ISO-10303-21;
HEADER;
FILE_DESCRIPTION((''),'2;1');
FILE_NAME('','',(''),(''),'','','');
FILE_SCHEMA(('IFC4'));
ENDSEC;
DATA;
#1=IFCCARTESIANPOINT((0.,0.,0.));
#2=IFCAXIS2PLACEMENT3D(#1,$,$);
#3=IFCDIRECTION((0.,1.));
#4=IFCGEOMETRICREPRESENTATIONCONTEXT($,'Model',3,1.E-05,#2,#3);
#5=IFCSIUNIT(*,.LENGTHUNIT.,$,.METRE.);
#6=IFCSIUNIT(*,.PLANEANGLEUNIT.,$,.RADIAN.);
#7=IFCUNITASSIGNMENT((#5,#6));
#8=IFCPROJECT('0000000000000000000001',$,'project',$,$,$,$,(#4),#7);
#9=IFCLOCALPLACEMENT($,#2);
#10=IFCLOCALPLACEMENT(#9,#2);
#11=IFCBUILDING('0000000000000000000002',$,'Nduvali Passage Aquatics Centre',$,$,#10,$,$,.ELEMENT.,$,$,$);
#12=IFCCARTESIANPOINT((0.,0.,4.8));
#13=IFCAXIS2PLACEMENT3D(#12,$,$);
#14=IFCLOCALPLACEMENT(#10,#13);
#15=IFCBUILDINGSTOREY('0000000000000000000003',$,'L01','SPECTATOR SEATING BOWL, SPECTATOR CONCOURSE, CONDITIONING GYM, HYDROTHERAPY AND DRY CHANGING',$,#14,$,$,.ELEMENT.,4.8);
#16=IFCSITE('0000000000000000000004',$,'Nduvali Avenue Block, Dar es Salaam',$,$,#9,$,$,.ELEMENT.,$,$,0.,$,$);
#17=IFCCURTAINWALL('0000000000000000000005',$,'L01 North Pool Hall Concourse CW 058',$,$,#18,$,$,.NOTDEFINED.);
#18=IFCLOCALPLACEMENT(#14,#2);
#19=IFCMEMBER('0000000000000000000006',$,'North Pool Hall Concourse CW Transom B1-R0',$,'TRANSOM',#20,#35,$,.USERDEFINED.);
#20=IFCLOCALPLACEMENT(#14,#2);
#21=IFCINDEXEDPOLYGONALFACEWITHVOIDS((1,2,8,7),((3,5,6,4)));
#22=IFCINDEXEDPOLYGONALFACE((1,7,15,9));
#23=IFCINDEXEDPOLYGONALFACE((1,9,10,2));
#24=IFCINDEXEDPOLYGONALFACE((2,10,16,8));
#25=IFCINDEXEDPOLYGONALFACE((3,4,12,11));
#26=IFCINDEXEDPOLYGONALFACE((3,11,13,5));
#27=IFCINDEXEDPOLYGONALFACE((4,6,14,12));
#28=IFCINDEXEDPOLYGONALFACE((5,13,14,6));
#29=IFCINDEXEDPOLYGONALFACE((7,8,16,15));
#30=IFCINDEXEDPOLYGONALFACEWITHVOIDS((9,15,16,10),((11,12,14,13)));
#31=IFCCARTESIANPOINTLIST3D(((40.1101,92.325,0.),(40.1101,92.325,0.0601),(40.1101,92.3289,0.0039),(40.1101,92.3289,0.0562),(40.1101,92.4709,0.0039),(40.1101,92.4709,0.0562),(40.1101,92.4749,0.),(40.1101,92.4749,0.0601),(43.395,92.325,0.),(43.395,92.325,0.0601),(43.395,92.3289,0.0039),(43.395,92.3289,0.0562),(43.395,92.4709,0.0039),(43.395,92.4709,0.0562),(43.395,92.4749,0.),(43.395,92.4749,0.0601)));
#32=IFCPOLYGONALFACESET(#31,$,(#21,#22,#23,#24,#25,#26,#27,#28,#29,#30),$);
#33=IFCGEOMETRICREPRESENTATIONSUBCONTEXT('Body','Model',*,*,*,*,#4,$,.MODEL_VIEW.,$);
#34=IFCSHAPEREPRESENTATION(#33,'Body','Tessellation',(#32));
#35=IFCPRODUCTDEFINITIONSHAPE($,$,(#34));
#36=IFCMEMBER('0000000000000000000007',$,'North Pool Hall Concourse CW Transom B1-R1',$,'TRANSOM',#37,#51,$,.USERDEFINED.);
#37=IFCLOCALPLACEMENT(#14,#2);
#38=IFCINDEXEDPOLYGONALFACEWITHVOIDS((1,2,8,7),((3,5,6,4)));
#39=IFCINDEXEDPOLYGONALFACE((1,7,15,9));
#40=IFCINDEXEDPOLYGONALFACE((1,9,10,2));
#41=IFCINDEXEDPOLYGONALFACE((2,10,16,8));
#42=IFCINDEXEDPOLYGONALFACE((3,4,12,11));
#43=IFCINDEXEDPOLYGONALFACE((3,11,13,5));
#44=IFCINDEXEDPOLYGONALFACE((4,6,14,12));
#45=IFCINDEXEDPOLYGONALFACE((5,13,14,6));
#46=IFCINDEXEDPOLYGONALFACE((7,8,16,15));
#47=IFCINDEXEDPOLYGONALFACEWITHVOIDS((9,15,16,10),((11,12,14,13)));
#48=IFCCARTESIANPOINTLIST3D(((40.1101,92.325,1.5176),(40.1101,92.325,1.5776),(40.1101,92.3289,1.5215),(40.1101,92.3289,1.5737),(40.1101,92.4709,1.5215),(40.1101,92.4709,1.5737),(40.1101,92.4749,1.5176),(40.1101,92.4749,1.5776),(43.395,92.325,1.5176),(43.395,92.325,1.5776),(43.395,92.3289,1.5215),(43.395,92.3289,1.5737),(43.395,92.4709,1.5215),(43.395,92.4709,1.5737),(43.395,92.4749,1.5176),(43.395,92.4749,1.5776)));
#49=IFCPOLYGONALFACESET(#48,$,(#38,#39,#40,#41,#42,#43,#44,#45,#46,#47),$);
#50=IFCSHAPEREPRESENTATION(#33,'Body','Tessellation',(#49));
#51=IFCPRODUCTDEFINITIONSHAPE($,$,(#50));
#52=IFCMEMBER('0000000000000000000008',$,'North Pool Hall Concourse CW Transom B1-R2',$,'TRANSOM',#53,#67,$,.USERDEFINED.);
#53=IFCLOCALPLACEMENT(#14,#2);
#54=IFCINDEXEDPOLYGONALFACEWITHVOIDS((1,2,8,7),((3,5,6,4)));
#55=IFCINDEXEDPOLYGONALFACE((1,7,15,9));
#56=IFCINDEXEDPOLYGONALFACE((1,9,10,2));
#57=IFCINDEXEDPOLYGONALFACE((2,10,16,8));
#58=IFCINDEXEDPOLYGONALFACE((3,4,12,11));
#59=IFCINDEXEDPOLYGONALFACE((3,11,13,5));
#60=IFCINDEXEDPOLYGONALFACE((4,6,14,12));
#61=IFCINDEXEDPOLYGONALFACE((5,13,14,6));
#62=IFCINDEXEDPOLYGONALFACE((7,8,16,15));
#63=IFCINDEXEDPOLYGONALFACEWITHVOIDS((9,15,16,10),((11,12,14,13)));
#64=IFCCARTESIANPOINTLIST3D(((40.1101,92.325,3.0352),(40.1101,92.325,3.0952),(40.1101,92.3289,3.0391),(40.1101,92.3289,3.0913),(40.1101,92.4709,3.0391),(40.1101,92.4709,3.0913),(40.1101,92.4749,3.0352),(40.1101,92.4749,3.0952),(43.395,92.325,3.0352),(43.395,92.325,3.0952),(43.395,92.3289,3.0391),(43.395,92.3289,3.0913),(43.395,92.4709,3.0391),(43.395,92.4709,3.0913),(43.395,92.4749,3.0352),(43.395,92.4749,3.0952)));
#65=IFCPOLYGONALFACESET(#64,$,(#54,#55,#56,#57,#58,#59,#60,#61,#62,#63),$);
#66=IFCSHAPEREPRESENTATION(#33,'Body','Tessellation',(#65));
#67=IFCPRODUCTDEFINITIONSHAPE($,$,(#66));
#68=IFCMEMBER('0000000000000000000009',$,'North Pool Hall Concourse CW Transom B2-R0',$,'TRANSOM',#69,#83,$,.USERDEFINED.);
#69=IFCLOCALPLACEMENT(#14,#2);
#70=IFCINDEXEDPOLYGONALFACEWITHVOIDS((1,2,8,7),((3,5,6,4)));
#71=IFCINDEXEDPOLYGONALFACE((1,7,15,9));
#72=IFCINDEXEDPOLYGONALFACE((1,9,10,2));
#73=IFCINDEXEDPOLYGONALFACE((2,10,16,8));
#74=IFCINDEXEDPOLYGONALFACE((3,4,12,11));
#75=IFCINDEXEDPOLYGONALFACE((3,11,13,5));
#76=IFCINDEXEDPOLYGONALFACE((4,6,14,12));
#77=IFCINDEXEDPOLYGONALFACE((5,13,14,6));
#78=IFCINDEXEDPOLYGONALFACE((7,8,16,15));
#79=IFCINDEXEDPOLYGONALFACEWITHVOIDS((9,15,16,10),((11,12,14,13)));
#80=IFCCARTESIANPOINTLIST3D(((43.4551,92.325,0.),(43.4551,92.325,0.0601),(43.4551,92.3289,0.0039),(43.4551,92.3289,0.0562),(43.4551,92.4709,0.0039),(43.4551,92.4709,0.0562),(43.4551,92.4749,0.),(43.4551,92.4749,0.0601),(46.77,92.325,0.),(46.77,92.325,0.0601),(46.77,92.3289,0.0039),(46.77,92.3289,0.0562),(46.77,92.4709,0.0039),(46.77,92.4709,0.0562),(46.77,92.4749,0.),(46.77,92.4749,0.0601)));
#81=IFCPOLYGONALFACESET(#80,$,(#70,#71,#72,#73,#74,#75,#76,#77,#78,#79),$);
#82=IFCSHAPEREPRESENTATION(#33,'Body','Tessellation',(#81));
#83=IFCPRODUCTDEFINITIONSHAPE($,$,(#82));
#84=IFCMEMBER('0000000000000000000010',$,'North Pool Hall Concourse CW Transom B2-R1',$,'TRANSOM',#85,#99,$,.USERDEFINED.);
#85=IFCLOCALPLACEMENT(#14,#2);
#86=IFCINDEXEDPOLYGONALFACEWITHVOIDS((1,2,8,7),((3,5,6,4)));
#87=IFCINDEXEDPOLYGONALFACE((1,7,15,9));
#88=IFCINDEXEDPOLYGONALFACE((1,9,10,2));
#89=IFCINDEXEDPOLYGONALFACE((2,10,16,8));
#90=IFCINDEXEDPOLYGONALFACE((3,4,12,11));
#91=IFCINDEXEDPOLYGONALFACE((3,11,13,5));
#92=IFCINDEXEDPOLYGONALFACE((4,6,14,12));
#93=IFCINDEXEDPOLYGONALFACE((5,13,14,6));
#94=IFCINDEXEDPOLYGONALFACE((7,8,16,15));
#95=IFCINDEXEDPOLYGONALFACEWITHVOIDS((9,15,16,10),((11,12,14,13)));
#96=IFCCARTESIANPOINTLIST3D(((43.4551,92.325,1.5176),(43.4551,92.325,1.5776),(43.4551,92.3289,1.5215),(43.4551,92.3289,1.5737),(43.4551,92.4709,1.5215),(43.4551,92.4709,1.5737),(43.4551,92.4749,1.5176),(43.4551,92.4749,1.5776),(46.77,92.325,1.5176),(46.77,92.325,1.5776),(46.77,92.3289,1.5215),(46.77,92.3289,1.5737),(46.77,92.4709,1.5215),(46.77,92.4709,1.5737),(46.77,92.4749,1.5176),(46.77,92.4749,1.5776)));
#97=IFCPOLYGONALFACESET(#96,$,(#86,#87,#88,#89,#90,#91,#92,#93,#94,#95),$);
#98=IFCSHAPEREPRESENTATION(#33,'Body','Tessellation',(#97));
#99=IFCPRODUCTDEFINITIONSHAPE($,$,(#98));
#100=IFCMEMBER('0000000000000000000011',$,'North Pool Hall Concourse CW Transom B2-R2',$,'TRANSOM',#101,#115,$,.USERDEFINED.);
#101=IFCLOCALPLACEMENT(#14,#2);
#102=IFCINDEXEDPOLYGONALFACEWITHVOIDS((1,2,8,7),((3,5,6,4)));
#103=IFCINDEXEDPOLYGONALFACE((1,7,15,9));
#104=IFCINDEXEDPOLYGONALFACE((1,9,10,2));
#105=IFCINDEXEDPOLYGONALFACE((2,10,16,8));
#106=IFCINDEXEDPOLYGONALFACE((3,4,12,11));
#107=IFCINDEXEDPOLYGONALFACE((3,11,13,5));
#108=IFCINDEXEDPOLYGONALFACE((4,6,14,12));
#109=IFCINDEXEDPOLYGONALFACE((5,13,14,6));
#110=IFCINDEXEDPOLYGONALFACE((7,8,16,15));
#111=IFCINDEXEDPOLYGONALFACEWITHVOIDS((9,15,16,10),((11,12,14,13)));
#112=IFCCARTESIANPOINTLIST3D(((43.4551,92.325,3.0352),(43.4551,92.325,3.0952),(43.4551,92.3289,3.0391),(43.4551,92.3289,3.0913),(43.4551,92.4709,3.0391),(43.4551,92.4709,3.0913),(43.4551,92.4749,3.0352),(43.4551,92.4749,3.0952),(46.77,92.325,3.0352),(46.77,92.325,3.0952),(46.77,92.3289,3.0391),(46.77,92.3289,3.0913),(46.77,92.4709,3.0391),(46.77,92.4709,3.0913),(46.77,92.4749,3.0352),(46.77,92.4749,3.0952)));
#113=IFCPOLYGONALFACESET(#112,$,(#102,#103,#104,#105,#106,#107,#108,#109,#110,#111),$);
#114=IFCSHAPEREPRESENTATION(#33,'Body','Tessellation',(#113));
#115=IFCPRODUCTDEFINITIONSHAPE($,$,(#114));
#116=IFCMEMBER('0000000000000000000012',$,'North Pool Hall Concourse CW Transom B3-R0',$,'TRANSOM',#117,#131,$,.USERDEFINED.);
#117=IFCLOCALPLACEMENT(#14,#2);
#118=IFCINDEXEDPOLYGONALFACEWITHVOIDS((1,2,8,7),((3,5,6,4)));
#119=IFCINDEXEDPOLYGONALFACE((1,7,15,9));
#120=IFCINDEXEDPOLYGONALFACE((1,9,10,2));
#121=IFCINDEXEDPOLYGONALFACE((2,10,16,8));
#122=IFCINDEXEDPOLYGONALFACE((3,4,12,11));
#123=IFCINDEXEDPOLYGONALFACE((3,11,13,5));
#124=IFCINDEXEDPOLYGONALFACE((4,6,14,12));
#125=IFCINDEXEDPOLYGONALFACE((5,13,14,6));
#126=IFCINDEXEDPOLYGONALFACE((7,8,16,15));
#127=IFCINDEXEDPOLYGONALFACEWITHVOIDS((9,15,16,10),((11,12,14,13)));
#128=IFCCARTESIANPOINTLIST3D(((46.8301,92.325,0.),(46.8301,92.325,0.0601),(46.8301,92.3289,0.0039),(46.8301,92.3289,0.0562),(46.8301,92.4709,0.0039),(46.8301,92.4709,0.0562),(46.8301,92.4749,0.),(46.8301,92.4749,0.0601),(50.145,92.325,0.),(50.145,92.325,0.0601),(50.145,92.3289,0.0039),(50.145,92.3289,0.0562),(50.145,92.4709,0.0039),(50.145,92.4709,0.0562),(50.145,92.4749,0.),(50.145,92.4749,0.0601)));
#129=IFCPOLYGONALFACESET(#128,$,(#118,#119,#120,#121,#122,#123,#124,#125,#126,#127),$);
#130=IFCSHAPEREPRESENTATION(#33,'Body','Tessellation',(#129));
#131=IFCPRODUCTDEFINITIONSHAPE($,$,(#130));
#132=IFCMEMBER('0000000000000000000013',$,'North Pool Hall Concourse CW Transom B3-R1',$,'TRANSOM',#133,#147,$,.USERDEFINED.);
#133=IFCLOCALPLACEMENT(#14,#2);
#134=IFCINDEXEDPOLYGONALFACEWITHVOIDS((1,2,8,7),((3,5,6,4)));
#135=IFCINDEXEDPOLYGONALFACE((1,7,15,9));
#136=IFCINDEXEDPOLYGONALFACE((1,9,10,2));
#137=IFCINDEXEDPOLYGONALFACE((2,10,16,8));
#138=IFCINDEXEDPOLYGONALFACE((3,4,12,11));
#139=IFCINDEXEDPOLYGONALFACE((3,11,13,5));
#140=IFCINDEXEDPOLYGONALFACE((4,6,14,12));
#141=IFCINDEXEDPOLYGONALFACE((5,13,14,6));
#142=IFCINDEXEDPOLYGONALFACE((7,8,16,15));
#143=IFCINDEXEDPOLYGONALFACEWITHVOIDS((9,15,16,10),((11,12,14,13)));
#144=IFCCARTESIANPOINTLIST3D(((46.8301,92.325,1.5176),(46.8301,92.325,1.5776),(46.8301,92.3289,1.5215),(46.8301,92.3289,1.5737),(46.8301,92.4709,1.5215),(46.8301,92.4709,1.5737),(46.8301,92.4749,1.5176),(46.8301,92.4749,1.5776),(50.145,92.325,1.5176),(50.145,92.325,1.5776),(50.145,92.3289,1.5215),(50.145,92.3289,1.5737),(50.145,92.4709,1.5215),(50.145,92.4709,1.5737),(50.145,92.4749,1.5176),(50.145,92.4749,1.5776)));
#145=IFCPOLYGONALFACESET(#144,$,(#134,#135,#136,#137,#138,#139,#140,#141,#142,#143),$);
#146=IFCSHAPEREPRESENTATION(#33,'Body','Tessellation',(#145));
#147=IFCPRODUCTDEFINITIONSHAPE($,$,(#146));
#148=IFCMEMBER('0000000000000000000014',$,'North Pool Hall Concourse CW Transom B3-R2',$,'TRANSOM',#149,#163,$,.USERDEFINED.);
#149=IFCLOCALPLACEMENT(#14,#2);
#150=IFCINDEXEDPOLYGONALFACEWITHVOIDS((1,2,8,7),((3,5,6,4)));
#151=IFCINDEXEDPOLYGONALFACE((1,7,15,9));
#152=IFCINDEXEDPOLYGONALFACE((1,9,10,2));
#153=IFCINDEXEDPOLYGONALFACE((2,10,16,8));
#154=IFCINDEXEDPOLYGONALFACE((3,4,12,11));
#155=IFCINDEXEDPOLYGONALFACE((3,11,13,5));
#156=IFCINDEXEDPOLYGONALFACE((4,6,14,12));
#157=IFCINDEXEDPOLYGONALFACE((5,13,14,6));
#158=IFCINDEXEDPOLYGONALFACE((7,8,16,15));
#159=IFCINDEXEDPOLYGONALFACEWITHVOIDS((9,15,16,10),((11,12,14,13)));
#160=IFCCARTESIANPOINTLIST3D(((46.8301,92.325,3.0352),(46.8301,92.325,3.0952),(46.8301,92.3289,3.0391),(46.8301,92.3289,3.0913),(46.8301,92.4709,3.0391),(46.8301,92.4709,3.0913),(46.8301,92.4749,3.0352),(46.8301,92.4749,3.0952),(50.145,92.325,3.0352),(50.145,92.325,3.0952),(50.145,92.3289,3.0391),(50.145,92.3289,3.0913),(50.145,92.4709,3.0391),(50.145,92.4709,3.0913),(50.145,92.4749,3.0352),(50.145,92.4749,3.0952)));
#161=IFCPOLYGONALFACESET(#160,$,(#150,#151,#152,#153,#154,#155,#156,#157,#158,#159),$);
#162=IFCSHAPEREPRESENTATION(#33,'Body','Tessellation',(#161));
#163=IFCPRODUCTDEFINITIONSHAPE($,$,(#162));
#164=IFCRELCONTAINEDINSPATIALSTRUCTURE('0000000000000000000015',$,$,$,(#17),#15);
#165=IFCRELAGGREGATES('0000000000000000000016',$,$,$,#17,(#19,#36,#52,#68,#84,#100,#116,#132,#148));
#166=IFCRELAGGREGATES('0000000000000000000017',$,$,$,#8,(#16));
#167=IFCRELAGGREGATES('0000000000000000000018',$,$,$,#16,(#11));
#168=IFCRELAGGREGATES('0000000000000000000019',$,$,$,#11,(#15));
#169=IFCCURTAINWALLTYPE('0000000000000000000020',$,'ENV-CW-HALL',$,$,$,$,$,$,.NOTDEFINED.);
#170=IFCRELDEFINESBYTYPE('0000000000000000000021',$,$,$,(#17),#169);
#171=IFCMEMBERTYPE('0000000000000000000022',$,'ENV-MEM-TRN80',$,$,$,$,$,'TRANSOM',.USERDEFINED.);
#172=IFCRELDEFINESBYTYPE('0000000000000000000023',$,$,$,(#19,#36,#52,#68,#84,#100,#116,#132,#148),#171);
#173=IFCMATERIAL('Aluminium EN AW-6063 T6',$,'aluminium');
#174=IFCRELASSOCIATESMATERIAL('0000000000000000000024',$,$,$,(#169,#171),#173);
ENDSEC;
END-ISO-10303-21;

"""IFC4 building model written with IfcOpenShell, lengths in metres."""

from ifc_helpers import new_model, si_unit, direction, frame, origin, origin_2d, place, context, subcontext, project, spatial, hollow_rectangle, extrude, material, material_profile, profile_set, type_object, element, aggregate, save


model = new_model("IFC4")

# Units and contexts
model_context = context("Model", 3, precision=1e-05, world=origin(), true_north=direction((0.0, 1.0)))
body_context = subcontext(model_context, "Body", "Model", "MODEL_VIEW")
ifc_project = project(units=[si_unit("LENGTHUNIT", "METRE"), si_unit("PLANEANGLEUNIT", "RADIAN")], contexts=[model_context])

# Site, building, storey
site_placement = place(None, origin())
site = spatial("IfcSite", under=ifc_project, at=site_placement, Name="Nduvali Avenue Block, Dar es Salaam", CompositionType="ELEMENT", RefElevation=0.0)
building_placement = place(site_placement, origin())
building = spatial("IfcBuilding", under=site, at=building_placement, Name="Nduvali Passage Aquatics Centre", CompositionType="ELEMENT")
storey_placement = place(building_placement, frame((0.0, 0.0, 4.8)))
storey = spatial("IfcBuildingStorey", under=building, at=storey_placement, Name="L01", Description="SPECTATOR SEATING BOWL, SPECTATOR CONCOURSE, CONDITIONING GYM, HYDROTHERAPY AND DRY CHANGING", CompositionType="ELEMENT", Elevation=4.8)

# Curtain wall
ifc_material_1 = material(Name="Aluminium EN AW-6063 T6", Category="aluminium")
curtain_wall_type = type_object("IfcCurtainWallType", Name="ENV-CW-HALL", PredefinedType="NOTDEFINED", material=ifc_material_1)
curtain_wall_1_placement = place(storey_placement, origin())
curtain_wall_1 = element("IfcCurtainWall", 1, at=curtain_wall_1_placement, inside=storey, type_object=curtain_wall_type, Name="L01 North Pool Hall Concourse CW 058", PredefinedType="NOTDEFINED")

# Members
ifc_material_profile_1 = material_profile(ifc_material_1, hollow_rectangle(XDim=0.1499, YDim=0.0601, WallThickness=0.0039, at=origin_2d()), Name="ALU TRANSOM 150x60x4")
ifc_profile_set_1 = profile_set([ifc_material_profile_1], Name="Aluminium EN AW-6063 T6")
member_type_1 = type_object("IfcMemberType", Name="ENV-MEM-TRN80", ElementType="TRANSOM", PredefinedType="USERDEFINED", material=ifc_profile_set_1)
member_1_placement = place(storey_placement, frame((40.1101, 92.3999, 0.03), z_axis=(1.0, 0.0, 0.0), x_axis=(0.0, 1.0, 0.0)))
member_1 = element("IfcMember", 2, at=member_1_placement, type_object=member_type_1, Name="North Pool Hall Concourse CW Transom B1-R0", ObjectType="TRANSOM", PredefinedType="USERDEFINED", context=body_context, shape_type="SweptSolid", body=[
    extrude(hollow_rectangle(XDim=0.1499, YDim=0.0601, WallThickness=0.0039, at=origin_2d()), origin(), (0.0, 0.0, 1.0), 3.2849),
])
member_2_placement = place(storey_placement, frame((40.1101, 92.3999, 1.5476), z_axis=(1.0, 0.0, 0.0), x_axis=(0.0, 1.0, 0.0)))
member_2 = element("IfcMember", 3, at=member_2_placement, type_object=member_type_1, Name="North Pool Hall Concourse CW Transom B1-R1", ObjectType="TRANSOM", PredefinedType="USERDEFINED", context=body_context, shape_type="SweptSolid", body=[
    extrude(hollow_rectangle(XDim=0.1499, YDim=0.0601, WallThickness=0.0039, at=origin_2d()), origin(), (0.0, 0.0, 1.0), 3.2849),
])
member_3_placement = place(storey_placement, frame((40.1101, 92.3999, 3.0652), z_axis=(1.0, 0.0, 0.0), x_axis=(0.0, 1.0, 0.0)))
member_3 = element("IfcMember", 4, at=member_3_placement, type_object=member_type_1, Name="North Pool Hall Concourse CW Transom B1-R2", ObjectType="TRANSOM", PredefinedType="USERDEFINED", context=body_context, shape_type="SweptSolid", body=[
    extrude(hollow_rectangle(XDim=0.1499, YDim=0.0601, WallThickness=0.0039, at=origin_2d()), origin(), (0.0, 0.0, 1.0), 3.2849),
])
member_4_placement = place(storey_placement, frame((43.4551, 92.3999, 0.03), z_axis=(1.0, 0.0, 0.0), x_axis=(0.0, 1.0, 0.0)))
member_4 = element("IfcMember", 5, at=member_4_placement, type_object=member_type_1, Name="North Pool Hall Concourse CW Transom B2-R0", ObjectType="TRANSOM", PredefinedType="USERDEFINED", context=body_context, shape_type="SweptSolid", body=[
    extrude(hollow_rectangle(XDim=0.1499, YDim=0.0601, WallThickness=0.0039, at=origin_2d()), origin(), (0.0, 0.0, 1.0), 3.3149),
])
member_5_placement = place(storey_placement, frame((43.4551, 92.3999, 1.5476), z_axis=(1.0, 0.0, 0.0), x_axis=(0.0, 1.0, 0.0)))
member_5 = element("IfcMember", 6, at=member_5_placement, type_object=member_type_1, Name="North Pool Hall Concourse CW Transom B2-R1", ObjectType="TRANSOM", PredefinedType="USERDEFINED", context=body_context, shape_type="SweptSolid", body=[
    extrude(hollow_rectangle(XDim=0.1499, YDim=0.0601, WallThickness=0.0039, at=origin_2d()), origin(), (0.0, 0.0, 1.0), 3.3149),
])
member_6_placement = place(storey_placement, frame((43.4551, 92.3999, 3.0652), z_axis=(1.0, 0.0, 0.0), x_axis=(0.0, 1.0, 0.0)))
member_6 = element("IfcMember", 7, at=member_6_placement, type_object=member_type_1, Name="North Pool Hall Concourse CW Transom B2-R2", ObjectType="TRANSOM", PredefinedType="USERDEFINED", context=body_context, shape_type="SweptSolid", body=[
    extrude(hollow_rectangle(XDim=0.1499, YDim=0.0601, WallThickness=0.0039, at=origin_2d()), origin(), (0.0, 0.0, 1.0), 3.3149),
])
member_7_placement = place(storey_placement, frame((46.8301, 92.3999, 0.03), z_axis=(1.0, 0.0, 0.0), x_axis=(0.0, 1.0, 0.0)))
member_7 = element("IfcMember", 8, at=member_7_placement, type_object=member_type_1, Name="North Pool Hall Concourse CW Transom B3-R0", ObjectType="TRANSOM", PredefinedType="USERDEFINED", context=body_context, shape_type="SweptSolid", body=[
    extrude(hollow_rectangle(XDim=0.1499, YDim=0.0601, WallThickness=0.0039, at=origin_2d()), origin(), (0.0, 0.0, 1.0), 3.3149),
])
member_8_placement = place(storey_placement, frame((46.8301, 92.3999, 1.5476), z_axis=(1.0, 0.0, 0.0), x_axis=(0.0, 1.0, 0.0)))
member_8 = element("IfcMember", 9, at=member_8_placement, type_object=member_type_1, Name="North Pool Hall Concourse CW Transom B3-R1", ObjectType="TRANSOM", PredefinedType="USERDEFINED", context=body_context, shape_type="SweptSolid", body=[
    extrude(hollow_rectangle(XDim=0.1499, YDim=0.0601, WallThickness=0.0039, at=origin_2d()), origin(), (0.0, 0.0, 1.0), 3.3149),
])
member_9_placement = place(storey_placement, frame((46.8301, 92.3999, 3.0652), z_axis=(1.0, 0.0, 0.0), x_axis=(0.0, 1.0, 0.0)))
member_9 = element("IfcMember", 10, at=member_9_placement, type_object=member_type_1, Name="North Pool Hall Concourse CW Transom B3-R2", ObjectType="TRANSOM", PredefinedType="USERDEFINED", context=body_context, shape_type="SweptSolid", body=[
    extrude(hollow_rectangle(XDim=0.1499, YDim=0.0601, WallThickness=0.0039, at=origin_2d()), origin(), (0.0, 0.0, 1.0), 3.3149),
])

aggregate(curtain_wall_1, [member_1, member_2, member_3, member_4, member_5, member_6, member_7, member_8, member_9])

save(model, "model.ifc")
